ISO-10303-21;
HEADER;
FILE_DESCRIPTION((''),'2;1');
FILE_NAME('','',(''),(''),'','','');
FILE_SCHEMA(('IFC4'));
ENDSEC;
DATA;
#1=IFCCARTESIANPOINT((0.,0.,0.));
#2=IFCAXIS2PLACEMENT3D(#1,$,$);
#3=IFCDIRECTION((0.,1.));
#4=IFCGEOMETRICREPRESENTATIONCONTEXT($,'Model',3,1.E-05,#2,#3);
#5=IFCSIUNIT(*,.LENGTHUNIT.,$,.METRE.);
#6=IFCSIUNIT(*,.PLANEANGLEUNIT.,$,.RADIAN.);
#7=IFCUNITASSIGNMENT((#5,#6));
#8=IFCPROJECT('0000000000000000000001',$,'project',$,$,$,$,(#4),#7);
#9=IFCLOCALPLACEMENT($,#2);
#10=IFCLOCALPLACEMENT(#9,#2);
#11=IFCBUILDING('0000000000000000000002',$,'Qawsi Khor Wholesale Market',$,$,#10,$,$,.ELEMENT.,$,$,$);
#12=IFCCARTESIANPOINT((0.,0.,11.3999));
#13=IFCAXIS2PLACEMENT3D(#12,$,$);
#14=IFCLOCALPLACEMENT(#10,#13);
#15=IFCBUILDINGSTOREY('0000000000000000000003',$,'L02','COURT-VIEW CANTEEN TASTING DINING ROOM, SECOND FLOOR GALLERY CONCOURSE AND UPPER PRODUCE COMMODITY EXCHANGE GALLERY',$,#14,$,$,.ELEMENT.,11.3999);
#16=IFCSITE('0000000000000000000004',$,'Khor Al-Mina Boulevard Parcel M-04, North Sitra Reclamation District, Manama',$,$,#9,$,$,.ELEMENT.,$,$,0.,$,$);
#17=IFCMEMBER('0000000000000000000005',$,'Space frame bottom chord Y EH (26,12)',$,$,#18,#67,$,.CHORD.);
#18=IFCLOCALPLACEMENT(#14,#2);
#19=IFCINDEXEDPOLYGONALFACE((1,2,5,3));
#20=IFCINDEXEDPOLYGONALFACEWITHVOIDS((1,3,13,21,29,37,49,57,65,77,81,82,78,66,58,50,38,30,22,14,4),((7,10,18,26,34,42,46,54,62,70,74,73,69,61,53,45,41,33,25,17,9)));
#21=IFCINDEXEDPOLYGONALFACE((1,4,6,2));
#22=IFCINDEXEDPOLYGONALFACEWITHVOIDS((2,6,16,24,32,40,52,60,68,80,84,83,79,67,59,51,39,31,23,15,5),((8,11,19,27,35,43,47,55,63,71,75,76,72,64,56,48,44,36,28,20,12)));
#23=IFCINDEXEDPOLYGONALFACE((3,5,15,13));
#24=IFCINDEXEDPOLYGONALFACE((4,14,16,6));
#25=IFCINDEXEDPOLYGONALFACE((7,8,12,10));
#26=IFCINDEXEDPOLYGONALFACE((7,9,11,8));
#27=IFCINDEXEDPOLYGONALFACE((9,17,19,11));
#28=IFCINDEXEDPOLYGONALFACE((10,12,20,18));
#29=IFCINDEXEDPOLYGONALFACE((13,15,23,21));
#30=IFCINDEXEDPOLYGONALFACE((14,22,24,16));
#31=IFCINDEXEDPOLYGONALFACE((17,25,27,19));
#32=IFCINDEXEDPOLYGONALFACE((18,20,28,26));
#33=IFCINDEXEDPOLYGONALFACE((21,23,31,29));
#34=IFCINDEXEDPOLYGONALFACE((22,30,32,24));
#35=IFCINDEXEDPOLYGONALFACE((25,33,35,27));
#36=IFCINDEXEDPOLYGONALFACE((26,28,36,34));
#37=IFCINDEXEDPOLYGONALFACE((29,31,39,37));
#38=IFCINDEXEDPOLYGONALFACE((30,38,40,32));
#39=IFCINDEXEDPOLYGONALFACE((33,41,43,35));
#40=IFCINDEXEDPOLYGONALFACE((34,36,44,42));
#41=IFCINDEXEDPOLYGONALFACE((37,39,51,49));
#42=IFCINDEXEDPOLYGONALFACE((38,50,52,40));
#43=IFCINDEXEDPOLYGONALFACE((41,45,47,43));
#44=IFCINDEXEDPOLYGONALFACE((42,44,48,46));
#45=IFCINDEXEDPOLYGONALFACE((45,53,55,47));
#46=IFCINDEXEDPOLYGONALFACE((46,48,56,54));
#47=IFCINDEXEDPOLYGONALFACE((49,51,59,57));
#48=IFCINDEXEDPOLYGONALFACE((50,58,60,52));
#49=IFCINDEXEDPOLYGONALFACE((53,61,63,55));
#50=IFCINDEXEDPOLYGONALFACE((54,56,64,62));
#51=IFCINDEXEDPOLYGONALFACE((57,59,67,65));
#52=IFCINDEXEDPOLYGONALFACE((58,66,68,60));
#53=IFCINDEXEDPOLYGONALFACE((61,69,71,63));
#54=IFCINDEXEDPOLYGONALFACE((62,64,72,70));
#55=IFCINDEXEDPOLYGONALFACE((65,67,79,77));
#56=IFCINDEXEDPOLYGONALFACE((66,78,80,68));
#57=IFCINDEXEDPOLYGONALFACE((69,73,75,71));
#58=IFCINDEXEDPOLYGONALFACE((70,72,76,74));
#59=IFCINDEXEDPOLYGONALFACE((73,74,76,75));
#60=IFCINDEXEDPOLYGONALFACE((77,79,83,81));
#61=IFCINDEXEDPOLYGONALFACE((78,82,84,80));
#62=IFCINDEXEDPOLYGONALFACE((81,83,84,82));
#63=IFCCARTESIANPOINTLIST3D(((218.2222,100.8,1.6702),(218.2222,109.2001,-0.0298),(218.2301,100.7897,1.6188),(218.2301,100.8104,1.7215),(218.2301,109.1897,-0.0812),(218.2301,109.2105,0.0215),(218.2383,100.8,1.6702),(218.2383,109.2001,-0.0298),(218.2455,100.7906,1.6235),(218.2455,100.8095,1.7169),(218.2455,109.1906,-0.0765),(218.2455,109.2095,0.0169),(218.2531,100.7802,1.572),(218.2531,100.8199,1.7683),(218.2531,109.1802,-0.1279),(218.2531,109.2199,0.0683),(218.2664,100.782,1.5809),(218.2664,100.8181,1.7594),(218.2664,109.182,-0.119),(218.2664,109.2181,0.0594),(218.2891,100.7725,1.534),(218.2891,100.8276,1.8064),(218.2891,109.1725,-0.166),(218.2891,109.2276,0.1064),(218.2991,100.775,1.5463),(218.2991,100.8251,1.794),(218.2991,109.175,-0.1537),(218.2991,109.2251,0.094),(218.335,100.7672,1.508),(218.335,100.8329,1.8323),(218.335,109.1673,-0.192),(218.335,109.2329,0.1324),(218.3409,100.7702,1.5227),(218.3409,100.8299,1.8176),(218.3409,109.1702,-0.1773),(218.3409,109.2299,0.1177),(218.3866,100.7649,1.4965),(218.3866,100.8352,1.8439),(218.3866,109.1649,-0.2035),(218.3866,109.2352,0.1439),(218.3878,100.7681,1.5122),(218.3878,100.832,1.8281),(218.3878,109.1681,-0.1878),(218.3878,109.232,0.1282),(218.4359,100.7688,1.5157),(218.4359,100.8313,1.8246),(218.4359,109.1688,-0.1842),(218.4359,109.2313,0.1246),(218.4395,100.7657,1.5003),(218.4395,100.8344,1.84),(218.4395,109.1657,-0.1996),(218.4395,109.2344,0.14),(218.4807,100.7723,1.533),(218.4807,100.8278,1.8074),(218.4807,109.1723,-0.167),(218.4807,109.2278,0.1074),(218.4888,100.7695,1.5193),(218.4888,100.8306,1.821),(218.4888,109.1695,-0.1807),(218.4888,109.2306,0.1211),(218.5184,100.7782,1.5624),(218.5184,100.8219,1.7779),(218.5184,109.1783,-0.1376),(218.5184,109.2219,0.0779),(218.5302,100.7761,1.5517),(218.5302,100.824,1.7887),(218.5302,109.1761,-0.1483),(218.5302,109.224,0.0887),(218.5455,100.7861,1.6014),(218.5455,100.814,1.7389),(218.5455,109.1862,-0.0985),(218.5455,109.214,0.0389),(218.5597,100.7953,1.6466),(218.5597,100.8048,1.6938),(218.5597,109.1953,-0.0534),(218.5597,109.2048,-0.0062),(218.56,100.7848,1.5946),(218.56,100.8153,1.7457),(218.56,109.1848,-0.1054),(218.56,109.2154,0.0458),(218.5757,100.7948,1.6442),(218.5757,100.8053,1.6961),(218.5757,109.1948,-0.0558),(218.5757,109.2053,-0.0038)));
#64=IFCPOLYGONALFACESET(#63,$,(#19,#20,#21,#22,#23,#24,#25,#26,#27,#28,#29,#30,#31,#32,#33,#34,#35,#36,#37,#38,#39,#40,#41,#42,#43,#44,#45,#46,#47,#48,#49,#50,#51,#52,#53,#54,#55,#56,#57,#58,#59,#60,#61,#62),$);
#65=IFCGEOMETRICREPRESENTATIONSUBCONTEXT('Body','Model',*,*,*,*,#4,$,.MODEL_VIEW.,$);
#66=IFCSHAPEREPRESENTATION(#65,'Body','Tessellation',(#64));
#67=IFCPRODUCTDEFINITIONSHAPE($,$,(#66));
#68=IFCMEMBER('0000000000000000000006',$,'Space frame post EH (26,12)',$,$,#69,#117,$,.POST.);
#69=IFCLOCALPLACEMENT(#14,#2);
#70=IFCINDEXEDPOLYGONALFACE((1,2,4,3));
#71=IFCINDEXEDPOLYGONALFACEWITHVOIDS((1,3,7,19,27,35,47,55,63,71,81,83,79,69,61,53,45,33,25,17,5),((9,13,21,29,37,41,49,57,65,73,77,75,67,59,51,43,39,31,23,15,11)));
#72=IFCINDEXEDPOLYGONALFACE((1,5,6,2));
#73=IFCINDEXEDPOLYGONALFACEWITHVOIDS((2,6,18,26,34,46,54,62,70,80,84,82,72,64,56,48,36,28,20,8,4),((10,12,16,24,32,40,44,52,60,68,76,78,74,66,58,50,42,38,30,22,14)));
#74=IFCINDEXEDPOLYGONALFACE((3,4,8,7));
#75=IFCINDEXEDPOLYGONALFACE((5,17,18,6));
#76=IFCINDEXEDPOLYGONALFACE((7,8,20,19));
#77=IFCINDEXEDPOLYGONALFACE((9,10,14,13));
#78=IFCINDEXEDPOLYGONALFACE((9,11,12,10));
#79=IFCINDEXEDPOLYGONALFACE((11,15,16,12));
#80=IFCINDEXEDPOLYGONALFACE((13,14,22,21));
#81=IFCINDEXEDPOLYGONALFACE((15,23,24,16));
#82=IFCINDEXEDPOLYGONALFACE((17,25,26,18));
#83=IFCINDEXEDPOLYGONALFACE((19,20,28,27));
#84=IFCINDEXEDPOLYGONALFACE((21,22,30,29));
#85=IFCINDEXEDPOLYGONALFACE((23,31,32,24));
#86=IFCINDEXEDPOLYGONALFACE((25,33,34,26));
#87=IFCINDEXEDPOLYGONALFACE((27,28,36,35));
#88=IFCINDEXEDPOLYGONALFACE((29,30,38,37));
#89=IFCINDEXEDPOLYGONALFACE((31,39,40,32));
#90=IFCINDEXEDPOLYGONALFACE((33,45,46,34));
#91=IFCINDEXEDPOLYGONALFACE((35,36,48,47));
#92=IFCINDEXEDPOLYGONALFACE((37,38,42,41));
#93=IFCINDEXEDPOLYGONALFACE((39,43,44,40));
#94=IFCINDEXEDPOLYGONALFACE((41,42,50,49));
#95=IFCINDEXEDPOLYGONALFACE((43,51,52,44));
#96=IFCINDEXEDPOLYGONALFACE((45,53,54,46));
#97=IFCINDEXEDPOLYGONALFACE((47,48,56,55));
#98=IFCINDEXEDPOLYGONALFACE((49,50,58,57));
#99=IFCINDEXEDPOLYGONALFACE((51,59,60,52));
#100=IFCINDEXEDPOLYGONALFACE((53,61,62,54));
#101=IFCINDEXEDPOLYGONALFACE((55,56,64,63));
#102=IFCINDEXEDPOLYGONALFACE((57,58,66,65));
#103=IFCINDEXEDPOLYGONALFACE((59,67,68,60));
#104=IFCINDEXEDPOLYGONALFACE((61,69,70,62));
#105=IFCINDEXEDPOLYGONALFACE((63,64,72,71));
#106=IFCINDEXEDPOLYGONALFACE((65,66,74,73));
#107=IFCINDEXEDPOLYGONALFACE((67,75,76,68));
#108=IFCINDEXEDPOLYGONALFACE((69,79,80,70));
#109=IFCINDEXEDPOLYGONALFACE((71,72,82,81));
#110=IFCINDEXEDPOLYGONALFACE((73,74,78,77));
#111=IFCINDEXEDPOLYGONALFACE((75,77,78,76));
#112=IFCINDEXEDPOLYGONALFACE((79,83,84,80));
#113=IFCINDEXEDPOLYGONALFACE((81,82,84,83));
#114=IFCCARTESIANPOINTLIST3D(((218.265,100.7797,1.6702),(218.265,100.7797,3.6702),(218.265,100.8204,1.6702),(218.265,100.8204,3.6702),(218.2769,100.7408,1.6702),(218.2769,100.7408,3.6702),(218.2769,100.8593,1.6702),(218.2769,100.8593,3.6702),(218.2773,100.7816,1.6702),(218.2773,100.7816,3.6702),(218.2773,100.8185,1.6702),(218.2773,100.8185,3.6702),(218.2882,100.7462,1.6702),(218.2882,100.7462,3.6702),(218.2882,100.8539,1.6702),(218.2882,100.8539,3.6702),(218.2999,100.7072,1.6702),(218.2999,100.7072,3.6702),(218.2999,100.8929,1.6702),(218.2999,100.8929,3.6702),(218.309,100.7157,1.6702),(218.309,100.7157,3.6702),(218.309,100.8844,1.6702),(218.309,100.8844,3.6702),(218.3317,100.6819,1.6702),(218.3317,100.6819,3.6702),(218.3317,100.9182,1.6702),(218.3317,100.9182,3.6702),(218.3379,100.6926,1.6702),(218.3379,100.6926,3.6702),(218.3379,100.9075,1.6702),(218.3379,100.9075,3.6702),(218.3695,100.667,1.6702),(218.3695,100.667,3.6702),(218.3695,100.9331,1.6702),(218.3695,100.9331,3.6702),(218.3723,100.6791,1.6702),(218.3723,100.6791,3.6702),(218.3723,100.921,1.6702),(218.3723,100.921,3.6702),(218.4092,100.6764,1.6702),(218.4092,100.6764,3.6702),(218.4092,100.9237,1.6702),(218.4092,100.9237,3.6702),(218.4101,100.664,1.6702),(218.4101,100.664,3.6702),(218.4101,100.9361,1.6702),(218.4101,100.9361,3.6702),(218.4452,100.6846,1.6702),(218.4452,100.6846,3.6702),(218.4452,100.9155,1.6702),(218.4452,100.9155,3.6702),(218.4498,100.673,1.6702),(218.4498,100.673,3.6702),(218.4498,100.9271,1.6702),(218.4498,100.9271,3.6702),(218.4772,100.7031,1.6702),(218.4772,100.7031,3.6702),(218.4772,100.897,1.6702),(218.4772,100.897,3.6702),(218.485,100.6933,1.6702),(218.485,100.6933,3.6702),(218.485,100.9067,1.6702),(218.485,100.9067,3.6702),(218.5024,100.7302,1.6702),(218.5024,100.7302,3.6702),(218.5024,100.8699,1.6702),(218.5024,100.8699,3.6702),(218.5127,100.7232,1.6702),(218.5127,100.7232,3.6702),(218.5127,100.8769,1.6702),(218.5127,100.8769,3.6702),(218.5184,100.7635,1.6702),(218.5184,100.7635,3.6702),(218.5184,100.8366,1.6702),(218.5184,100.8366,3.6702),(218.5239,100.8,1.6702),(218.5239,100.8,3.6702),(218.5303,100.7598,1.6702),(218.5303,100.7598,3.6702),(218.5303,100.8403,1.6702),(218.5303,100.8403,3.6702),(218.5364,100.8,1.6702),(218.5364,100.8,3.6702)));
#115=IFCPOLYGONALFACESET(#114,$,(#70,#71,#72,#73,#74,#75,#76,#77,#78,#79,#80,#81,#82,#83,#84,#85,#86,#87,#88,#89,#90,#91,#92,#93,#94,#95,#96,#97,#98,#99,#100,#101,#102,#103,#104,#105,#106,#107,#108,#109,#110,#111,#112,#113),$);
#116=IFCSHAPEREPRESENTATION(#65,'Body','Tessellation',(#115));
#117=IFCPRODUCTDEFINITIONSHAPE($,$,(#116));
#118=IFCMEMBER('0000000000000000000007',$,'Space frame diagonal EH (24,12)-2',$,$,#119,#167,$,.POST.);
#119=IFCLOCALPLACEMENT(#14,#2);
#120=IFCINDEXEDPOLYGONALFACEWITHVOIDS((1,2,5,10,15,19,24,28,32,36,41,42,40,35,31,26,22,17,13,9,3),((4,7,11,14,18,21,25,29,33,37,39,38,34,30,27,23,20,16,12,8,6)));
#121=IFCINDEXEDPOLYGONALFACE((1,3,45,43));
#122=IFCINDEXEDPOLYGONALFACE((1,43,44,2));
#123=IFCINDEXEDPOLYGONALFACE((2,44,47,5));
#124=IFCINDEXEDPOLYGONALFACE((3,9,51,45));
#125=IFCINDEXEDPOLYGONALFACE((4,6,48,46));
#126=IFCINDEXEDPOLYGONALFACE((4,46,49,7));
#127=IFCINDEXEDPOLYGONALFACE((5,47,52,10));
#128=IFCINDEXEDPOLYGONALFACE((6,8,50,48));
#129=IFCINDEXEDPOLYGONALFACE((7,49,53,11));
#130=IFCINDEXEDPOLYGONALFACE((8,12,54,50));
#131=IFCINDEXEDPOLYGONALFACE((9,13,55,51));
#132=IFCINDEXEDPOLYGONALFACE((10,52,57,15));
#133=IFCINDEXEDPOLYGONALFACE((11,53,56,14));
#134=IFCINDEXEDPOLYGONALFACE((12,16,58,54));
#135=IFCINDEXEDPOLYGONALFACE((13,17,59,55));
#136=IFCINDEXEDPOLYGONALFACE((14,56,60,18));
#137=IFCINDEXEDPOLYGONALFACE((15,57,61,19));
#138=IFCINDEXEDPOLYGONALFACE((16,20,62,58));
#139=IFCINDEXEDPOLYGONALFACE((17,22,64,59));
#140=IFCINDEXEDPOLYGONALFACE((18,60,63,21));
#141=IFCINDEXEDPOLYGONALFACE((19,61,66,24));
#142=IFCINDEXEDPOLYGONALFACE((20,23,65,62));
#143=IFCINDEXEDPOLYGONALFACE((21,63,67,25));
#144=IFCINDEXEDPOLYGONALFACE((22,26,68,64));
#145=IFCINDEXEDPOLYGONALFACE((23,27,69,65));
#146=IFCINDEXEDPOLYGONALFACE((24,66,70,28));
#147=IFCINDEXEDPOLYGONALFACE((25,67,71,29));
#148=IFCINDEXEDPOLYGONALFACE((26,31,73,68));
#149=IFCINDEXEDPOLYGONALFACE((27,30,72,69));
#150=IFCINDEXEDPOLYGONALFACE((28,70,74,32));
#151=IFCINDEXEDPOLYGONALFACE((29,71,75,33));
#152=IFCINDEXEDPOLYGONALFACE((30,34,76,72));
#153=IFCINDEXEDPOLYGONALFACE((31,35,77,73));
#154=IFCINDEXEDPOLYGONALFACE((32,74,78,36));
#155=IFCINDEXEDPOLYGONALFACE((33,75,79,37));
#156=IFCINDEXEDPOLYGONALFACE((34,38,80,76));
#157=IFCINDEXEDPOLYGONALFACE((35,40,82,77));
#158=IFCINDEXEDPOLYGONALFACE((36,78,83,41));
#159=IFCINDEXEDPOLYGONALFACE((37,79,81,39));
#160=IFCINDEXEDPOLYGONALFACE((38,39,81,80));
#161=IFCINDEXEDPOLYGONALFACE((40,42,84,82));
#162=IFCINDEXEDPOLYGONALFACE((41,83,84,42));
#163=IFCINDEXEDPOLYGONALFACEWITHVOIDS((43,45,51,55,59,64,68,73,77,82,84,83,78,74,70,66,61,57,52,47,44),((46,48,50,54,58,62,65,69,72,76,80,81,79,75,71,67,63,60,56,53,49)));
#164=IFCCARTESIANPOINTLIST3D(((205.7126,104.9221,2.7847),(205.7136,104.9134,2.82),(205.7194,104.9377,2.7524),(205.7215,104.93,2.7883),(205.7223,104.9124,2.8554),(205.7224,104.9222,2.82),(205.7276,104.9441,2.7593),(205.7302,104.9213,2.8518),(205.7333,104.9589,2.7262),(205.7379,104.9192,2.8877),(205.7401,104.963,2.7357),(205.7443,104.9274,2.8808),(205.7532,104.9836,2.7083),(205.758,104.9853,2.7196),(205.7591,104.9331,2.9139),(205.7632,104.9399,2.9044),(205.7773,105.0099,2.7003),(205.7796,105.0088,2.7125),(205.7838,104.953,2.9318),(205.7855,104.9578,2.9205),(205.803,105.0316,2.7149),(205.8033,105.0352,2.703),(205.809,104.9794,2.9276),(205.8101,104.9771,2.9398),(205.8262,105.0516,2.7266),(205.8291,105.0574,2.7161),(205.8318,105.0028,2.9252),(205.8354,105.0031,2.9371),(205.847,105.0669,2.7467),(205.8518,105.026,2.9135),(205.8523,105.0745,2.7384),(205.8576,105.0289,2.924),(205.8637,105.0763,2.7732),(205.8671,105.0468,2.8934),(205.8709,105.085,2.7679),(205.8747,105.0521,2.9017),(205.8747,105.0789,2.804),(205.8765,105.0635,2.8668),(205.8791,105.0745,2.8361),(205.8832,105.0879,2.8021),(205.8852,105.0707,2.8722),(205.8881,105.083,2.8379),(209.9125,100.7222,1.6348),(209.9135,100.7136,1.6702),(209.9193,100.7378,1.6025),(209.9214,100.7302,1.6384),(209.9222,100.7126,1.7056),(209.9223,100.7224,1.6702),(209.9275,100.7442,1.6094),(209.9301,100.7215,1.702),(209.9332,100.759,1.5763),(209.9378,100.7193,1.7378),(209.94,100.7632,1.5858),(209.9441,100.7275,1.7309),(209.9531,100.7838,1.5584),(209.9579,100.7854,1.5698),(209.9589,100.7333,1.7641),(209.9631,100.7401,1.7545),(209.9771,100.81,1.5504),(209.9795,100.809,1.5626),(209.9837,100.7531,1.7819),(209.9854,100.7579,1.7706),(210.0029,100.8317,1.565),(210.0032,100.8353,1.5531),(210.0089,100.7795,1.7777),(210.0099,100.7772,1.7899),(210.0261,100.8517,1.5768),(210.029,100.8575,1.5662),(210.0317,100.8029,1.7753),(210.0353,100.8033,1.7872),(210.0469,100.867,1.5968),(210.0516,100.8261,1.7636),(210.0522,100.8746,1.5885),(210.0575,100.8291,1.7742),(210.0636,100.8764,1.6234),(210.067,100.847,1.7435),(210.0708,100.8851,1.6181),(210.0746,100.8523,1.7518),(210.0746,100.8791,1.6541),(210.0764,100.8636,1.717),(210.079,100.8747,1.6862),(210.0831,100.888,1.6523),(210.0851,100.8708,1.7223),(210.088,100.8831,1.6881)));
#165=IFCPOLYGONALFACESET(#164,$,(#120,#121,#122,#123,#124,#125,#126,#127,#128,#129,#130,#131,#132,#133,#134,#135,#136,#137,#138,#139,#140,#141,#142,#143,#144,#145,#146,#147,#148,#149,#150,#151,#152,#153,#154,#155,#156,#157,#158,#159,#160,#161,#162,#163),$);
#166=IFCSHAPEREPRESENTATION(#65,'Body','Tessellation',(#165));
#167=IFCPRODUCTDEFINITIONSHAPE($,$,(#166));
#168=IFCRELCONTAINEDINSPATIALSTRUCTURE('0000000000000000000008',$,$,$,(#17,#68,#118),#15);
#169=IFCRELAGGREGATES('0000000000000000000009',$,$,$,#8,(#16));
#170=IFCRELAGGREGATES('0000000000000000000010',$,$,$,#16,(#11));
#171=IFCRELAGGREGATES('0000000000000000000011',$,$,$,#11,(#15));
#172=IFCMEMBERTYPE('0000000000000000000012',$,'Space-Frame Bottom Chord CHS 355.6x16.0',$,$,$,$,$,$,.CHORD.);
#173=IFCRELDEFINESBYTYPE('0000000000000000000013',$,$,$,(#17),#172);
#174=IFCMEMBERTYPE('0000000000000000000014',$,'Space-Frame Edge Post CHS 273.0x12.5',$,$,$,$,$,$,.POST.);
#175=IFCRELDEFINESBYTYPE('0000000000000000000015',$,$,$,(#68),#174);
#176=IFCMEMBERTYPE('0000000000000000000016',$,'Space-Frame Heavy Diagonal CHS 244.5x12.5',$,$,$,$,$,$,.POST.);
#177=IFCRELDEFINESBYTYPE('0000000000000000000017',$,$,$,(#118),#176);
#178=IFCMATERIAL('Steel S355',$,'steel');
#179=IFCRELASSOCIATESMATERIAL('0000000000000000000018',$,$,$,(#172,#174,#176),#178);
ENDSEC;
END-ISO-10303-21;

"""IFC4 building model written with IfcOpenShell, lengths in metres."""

from ifc_helpers import new_model, si_unit, direction, frame, origin, origin_2d, place, context, subcontext, project, spatial, hollow_circle, extrude, material, material_profile, profile_set, type_object, element, save


model = new_model("IFC4")

# Units and contexts
model_context = context("Model", 3, precision=1e-05, world=origin(), true_north=direction((0.0, 1.0)))
body_context = subcontext(model_context, "Body", "Model", "MODEL_VIEW")
ifc_project = project(units=[si_unit("LENGTHUNIT", "METRE"), si_unit("PLANEANGLEUNIT", "RADIAN")], contexts=[model_context])

# Site, building, storey
site_placement = place(None, origin())
site = spatial("IfcSite", under=ifc_project, at=site_placement, Name="Khor Al-Mina Boulevard Parcel M-04, North Sitra Reclamation District, Manama", CompositionType="ELEMENT", RefElevation=0.0)
building_placement = place(site_placement, origin())
building = spatial("IfcBuilding", under=site, at=building_placement, Name="Qawsi Khor Wholesale Market", CompositionType="ELEMENT")
storey_placement = place(building_placement, frame((0.0, 0.0, 11.3999)))
storey = spatial("IfcBuildingStorey", under=building, at=storey_placement, Name="L02", Description="COURT-VIEW CANTEEN TASTING DINING ROOM, SECOND FLOOR GALLERY CONCOURSE AND UPPER PRODUCE COMMODITY EXCHANGE GALLERY", CompositionType="ELEMENT", Elevation=11.3999)

# Members
ifc_material_1 = material(Name="Steel S355", Category="steel")
ifc_material_profile_1 = material_profile(ifc_material_1, hollow_circle(Radius=0.1777, WallThickness=0.0161, at=origin_2d()), Name="CHS 355.6x16.0")
ifc_profile_set_1 = profile_set([ifc_material_profile_1], Name="Steel S355")
member_type_1 = type_object("IfcMemberType", Name="Space-Frame Bottom Chord CHS 355.6x16.0", PredefinedType="CHORD", material=ifc_profile_set_1)
for number, where, z_axis, x_axis, name in (
    (1, (218.3999, 100.8, 1.6702), (0.0, 0.98013, -0.198356), (-1.0, 0.0, 0.0), "Space frame bottom chord Y EH (26,12)"),
):
    element("IfcMember", number, at=place(storey_placement, frame(where, z_axis=z_axis, x_axis=x_axis)), inside=storey, type_object=member_type_1, Name=name, PredefinedType="CHORD", context=body_context, shape_type="SweptSolid", body=[
        extrude(hollow_circle(Radius=0.1777, WallThickness=0.0161, at=origin_2d()), origin(), (0.0, 0.0, 1.0), 8.5703),
    ])
ifc_material_profile_2 = material_profile(ifc_material_1, hollow_circle(Radius=0.1365, WallThickness=0.0125, at=origin_2d()), Name="CHS 273.0x12.5")
ifc_profile_set_2 = profile_set([ifc_material_profile_2], Name="Steel S355")
member_type_2 = type_object("IfcMemberType", Name="Space-Frame Edge Post CHS 273.0x12.5", PredefinedType="POST", material=ifc_profile_set_2)
member_1_placement = place(storey_placement, frame((218.3999, 100.8, 1.6702), z_axis=(0.0, 0.0, 1.0), x_axis=(1.0, 0.0, 0.0)))
element("IfcMember", 2, at=member_1_placement, inside=storey, type_object=member_type_2, Name="Space frame post EH (26,12)", PredefinedType="POST", context=body_context, shape_type="SweptSolid", body=[
    extrude(hollow_circle(Radius=0.1365, WallThickness=0.0125, at=origin_2d()), origin(), (0.0, 0.0, 1.0), 2.0),
])
ifc_material_profile_3 = material_profile(ifc_material_1, hollow_circle(Radius=0.1223, WallThickness=0.0125, at=origin_2d()), Name="CHS 244.5x12.5")
ifc_profile_set_3 = profile_set([ifc_material_profile_3], Name="Steel S355")
member_type_3 = type_object("IfcMemberType", Name="Space-Frame Heavy Diagonal CHS 244.5x12.5", PredefinedType="POST", material=ifc_profile_set_3)
member_2_placement = place(storey_placement, frame((210.0, 100.8, 1.6702), z_axis=(-0.694217, 0.694217, 0.190069), x_axis=(-0.707107, -0.707107, 0.0)))
element("IfcMember", 3, at=member_2_placement, inside=storey, type_object=member_type_3, Name="Space frame diagonal EH (24,12)-2", PredefinedType="POST", context=body_context, shape_type="SweptSolid", body=[
    extrude(hollow_circle(Radius=0.1223, WallThickness=0.0125, at=origin_2d()), origin(), (0.0, 0.0, 1.0), 6.0498),
])

save(model, "model.ifc")
